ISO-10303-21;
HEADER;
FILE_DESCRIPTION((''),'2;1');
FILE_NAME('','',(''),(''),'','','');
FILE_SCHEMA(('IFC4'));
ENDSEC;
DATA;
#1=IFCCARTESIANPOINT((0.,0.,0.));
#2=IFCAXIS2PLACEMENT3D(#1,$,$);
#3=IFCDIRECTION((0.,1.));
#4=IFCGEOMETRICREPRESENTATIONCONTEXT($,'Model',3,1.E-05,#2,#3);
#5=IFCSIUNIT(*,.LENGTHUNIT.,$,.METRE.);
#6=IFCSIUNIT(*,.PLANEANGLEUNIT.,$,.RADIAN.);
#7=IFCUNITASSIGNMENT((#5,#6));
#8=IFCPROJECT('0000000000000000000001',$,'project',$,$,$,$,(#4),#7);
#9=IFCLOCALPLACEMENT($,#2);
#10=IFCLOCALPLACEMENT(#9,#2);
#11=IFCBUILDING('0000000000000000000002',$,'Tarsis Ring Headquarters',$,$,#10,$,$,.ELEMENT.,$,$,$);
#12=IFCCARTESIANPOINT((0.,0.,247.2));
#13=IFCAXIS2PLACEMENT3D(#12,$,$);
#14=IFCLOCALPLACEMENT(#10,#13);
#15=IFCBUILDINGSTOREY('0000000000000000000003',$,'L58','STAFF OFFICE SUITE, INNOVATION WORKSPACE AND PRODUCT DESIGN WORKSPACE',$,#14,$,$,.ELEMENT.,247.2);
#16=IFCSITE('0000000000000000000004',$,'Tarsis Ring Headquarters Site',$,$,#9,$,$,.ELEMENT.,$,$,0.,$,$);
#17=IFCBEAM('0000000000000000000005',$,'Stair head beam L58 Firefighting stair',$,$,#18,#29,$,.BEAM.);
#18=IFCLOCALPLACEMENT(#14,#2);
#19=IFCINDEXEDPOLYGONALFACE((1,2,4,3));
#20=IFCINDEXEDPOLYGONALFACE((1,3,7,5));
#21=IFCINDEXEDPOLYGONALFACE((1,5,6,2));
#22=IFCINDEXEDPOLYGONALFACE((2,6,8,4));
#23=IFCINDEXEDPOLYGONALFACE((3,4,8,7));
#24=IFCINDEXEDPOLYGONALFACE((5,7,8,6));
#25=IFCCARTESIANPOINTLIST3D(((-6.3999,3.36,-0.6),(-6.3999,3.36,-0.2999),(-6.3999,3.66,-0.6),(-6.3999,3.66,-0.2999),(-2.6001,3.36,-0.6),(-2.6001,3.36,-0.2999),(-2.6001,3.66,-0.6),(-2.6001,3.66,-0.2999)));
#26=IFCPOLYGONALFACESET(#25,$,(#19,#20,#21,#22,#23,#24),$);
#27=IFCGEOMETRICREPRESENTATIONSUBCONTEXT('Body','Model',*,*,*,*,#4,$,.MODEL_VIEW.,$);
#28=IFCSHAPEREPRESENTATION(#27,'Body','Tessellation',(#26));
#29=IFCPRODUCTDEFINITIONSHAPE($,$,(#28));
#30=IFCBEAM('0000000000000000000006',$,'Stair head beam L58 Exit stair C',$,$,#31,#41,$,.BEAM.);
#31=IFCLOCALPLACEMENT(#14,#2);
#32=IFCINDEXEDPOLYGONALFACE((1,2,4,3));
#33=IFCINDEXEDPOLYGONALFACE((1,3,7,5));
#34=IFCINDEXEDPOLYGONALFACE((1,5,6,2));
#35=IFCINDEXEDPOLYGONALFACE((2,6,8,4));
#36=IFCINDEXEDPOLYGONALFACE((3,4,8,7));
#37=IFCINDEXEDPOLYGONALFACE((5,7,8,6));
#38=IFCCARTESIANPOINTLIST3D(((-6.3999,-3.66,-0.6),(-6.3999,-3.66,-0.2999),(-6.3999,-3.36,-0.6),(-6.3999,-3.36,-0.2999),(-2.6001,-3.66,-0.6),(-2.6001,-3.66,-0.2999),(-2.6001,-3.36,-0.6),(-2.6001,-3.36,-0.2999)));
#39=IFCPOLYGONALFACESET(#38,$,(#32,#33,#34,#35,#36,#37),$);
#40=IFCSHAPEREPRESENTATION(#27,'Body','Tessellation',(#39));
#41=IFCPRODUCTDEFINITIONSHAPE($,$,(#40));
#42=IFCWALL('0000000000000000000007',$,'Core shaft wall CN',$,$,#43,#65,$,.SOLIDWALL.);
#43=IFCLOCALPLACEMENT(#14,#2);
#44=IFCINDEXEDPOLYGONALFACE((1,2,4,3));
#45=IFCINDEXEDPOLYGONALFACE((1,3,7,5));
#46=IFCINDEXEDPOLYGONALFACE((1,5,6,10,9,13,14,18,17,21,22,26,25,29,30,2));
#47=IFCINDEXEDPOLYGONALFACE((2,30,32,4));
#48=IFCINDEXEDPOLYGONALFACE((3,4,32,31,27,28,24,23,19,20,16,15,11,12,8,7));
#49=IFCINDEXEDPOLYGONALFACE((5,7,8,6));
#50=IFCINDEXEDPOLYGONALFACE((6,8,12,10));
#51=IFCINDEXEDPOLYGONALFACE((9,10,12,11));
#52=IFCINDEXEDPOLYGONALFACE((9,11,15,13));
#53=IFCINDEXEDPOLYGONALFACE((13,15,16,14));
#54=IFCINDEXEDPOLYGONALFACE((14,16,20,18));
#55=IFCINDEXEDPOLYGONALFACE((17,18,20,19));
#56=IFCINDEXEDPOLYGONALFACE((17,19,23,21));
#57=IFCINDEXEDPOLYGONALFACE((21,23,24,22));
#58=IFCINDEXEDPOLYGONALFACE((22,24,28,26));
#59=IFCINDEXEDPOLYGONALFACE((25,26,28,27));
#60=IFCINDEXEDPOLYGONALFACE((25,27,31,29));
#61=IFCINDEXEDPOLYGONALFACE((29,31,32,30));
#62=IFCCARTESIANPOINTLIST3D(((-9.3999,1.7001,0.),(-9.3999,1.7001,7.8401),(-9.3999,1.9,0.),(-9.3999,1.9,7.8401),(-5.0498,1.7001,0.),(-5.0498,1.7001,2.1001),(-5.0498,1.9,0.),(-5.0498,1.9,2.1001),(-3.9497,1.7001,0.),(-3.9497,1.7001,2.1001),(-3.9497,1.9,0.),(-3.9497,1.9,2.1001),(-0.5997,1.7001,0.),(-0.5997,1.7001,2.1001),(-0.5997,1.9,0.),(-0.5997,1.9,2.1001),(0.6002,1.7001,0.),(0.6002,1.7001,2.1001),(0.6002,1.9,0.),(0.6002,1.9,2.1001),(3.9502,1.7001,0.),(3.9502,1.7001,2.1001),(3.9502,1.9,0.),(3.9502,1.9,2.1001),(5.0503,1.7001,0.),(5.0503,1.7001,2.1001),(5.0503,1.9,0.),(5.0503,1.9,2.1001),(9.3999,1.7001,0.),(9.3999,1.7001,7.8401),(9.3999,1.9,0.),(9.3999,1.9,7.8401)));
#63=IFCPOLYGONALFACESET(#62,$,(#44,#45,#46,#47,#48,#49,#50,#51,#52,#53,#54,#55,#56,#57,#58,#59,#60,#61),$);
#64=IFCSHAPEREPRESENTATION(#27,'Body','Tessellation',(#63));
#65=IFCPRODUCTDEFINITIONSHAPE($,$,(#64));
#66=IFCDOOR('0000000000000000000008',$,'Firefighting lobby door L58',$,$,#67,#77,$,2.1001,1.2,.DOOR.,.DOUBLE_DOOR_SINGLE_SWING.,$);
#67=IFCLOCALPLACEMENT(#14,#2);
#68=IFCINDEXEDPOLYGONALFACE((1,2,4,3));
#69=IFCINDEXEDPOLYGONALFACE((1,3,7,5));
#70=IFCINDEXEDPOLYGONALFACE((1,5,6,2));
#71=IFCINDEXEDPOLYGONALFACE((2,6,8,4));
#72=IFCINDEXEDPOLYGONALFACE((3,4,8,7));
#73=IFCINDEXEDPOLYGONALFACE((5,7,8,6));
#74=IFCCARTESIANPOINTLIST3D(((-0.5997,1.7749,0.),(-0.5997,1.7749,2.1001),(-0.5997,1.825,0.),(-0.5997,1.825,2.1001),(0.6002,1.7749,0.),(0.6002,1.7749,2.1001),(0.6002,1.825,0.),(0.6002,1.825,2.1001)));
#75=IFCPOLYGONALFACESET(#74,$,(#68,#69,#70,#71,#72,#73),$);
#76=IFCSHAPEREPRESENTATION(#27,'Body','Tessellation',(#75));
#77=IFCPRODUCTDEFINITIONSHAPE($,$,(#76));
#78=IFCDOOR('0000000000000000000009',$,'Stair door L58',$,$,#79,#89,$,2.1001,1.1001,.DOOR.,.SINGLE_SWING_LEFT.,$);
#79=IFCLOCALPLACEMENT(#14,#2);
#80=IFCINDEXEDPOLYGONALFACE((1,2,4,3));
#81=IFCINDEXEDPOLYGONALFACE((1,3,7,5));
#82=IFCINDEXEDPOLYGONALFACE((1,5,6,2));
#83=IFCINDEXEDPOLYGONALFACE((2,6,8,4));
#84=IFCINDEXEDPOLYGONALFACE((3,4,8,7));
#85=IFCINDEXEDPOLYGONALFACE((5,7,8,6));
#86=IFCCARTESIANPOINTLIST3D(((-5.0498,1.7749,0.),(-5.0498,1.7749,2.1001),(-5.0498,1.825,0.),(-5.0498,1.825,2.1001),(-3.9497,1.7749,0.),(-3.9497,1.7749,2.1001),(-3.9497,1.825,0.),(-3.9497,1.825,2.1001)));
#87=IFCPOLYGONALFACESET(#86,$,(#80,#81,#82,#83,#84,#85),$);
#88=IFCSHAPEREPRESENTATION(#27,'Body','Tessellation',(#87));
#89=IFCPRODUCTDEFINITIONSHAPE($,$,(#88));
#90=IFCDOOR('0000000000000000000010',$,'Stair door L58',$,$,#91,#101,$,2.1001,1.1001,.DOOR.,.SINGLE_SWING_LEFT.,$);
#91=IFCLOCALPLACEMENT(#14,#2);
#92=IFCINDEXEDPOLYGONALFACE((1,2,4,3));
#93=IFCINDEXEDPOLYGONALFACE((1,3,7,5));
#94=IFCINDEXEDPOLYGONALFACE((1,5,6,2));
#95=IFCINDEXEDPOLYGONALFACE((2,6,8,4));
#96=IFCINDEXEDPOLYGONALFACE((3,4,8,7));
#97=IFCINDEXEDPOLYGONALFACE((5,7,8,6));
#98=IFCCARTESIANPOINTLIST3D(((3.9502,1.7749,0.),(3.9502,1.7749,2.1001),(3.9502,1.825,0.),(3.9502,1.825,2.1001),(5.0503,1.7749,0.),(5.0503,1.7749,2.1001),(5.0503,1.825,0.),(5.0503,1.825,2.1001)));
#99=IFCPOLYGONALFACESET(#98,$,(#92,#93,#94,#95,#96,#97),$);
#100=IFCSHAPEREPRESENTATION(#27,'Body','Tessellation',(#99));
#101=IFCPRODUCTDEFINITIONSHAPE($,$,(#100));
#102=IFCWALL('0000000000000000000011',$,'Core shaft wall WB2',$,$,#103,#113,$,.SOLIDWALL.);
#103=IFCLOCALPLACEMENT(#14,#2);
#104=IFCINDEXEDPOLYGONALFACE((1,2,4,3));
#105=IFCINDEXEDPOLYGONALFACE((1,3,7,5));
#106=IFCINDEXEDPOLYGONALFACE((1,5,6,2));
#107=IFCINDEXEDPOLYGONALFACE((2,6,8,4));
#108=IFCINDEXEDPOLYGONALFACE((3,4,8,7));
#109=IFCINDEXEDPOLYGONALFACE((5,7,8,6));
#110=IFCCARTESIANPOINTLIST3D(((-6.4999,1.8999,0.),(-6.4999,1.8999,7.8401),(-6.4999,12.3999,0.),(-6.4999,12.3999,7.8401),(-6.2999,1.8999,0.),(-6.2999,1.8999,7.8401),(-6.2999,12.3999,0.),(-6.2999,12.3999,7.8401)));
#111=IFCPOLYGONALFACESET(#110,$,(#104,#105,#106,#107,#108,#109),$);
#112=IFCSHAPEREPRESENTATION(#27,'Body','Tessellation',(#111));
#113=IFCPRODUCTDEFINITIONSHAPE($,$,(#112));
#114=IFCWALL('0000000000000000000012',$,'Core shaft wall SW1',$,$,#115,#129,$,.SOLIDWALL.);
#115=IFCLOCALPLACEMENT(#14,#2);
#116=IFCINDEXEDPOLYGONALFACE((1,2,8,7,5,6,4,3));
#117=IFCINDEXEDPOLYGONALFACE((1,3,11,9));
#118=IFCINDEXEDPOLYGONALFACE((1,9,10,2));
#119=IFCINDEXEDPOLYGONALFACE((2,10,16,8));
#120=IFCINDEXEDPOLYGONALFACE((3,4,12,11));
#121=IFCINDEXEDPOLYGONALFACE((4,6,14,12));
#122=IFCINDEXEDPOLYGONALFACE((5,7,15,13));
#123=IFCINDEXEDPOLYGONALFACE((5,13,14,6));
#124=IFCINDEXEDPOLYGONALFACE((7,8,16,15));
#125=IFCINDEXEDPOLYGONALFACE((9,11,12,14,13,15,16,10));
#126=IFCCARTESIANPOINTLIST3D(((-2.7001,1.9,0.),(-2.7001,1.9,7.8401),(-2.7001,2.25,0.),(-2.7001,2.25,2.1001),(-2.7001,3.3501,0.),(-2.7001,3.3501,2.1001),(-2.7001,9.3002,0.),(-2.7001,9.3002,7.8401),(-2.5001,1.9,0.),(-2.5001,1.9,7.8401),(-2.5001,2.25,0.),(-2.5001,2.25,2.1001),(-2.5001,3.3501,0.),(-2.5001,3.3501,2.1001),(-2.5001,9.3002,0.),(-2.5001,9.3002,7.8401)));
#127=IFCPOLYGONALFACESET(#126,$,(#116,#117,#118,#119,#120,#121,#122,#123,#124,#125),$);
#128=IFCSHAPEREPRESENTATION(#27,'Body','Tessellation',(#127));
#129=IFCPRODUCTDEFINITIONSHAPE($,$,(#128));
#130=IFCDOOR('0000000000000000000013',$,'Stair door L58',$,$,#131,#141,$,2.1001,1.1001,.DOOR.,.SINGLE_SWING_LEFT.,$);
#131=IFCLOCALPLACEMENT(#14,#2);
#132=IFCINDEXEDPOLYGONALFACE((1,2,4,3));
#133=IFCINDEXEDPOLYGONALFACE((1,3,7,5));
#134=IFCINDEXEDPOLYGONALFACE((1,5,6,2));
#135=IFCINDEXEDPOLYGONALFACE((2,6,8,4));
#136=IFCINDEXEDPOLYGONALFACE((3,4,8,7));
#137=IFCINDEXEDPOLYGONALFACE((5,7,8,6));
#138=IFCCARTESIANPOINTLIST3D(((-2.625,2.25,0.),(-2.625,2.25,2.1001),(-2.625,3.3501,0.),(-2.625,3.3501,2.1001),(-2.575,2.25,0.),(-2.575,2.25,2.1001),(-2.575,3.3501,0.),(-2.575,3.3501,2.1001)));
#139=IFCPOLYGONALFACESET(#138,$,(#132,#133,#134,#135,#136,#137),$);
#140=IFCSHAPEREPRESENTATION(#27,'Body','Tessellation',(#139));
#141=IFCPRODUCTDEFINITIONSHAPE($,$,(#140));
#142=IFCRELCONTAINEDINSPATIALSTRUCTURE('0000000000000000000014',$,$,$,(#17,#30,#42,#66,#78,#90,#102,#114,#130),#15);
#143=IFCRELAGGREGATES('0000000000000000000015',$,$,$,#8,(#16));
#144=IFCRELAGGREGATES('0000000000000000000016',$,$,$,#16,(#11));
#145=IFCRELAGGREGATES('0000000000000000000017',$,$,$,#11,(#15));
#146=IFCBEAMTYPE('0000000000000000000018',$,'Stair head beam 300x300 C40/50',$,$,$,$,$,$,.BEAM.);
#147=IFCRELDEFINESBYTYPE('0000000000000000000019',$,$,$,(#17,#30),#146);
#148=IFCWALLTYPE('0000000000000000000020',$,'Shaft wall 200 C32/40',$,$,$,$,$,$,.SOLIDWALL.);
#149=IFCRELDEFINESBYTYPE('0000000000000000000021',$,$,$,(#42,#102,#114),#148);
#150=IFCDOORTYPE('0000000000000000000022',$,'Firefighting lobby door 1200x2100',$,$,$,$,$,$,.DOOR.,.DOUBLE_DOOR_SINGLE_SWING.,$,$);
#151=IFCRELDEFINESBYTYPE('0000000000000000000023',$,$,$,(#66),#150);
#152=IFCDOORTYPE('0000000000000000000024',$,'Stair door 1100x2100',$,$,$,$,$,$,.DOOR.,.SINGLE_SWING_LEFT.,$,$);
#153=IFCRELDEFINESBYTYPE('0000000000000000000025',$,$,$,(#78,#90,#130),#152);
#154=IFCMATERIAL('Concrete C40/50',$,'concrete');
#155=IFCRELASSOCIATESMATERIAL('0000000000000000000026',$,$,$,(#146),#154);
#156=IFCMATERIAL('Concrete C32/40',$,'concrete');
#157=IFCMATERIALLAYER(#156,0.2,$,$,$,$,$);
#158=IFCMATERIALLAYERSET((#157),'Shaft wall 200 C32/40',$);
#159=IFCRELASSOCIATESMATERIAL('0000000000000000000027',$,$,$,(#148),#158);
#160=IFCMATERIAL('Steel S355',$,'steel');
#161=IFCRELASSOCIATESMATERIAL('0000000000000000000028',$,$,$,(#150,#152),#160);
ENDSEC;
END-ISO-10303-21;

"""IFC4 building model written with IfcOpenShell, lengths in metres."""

from ifc_helpers import new_model, si_unit, direction, frame, frame_2d, origin, origin_2d, place, context, subcontext, project, spatial, rectangle, extrude, material, layer, layer_set, material_profile, profile_set, type_object, element, fill, save


model = new_model("IFC4")

# Units and contexts
model_context = context("Model", 3, precision=1e-05, world=origin(), true_north=direction((0.0, 1.0)))
body_context = subcontext(model_context, "Body", "Model", "MODEL_VIEW")
ifc_project = project(units=[si_unit("LENGTHUNIT", "METRE"), si_unit("PLANEANGLEUNIT", "RADIAN")], contexts=[model_context])

# Site, building, storey
site_placement = place(None, origin())
site = spatial("IfcSite", under=ifc_project, at=site_placement, Name="Tarsis Ring Headquarters Site", CompositionType="ELEMENT", RefElevation=0.0)
building_placement = place(site_placement, origin())
building = spatial("IfcBuilding", under=site, at=building_placement, Name="Tarsis Ring Headquarters", CompositionType="ELEMENT")
storey_placement = place(building_placement, frame((0.0, 0.0, 247.2)))
storey = spatial("IfcBuildingStorey", under=building, at=storey_placement, Name="L58", Description="STAFF OFFICE SUITE, INNOVATION WORKSPACE AND PRODUCT DESIGN WORKSPACE", CompositionType="ELEMENT", Elevation=247.2)

# Beams
ifc_material_1 = material(Name="Concrete C40/50", Category="concrete")
ifc_material_profile = material_profile(ifc_material_1, rectangle(XDim=0.3, YDim=0.3, at=origin_2d()), Name="Stair head beam 300x300 C40/50")
ifc_profile_set = profile_set([ifc_material_profile], Name="Concrete C40/50")
beam_type = type_object("IfcBeamType", Name="Stair head beam 300x300 C40/50", PredefinedType="BEAM", material=ifc_profile_set)
for number, where, z_axis, x_axis, name in (
    (1, (-6.3999, 3.51, -0.45), (1.0, 0.0, 0.0), (0.0, 1.0, 0.0), "Stair head beam L58 Firefighting stair"),
    (2, (-6.3999, -3.51, -0.45), (1.0, 0.0, 0.0), (0.0, 1.0, 0.0), "Stair head beam L58 Exit stair C"),
):
    element("IfcBeam", number, at=place(storey_placement, frame(where, z_axis=z_axis, x_axis=x_axis)), inside=storey, type_object=beam_type, Name=name, PredefinedType="BEAM", context=body_context, shape_type="SweptSolid", body=[
        extrude(rectangle(XDim=0.3, YDim=0.3, at=origin_2d()), origin(), (0.0, 0.0, 1.0), 3.7998),
    ])

# Wall, openings, doors
ifc_material_2 = material(Name="Concrete C32/40", Category="concrete")
ifc_layer = layer(ifc_material_2, 0.2)
ifc_layer_set = layer_set([ifc_layer], Name="Shaft wall 200 C32/40")
wall_type = type_object("IfcWallType", Name="Shaft wall 200 C32/40", PredefinedType="SOLIDWALL", material=ifc_layer_set)
wall_1_placement = place(storey_placement, frame((-9.3999, 1.8, 0.0), z_axis=(0.0, 0.0, 1.0), x_axis=(1.0, 0.0, 0.0)))
wall_1 = element("IfcWall", 3, at=wall_1_placement, inside=storey, type_object=wall_type, Name="Core shaft wall CN", PredefinedType="SOLIDWALL", context=body_context, shape_type="SweptSolid", body=[
    extrude(rectangle(XDim=18.7998, YDim=0.2, at=frame_2d((9.3999, 0.0))), origin(), (0.0, 0.0, 1.0), 7.8401),
])
opening_1_placement = place(wall_1_placement, frame((4.3501, 0.0, 0.0)))
opening_1 = element("IfcOpeningElement", 4, at=opening_1_placement, cuts=wall_1, PredefinedType="OPENING", context=body_context, shape_type="SweptSolid", body=[
    extrude(rectangle(XDim=1.1001, YDim=2.1001, at=frame_2d((0.55, 1.05))), frame((0.0, 0.1099, 0.0), z_axis=(0.0, -1.0, 0.0), x_axis=(1.0, 0.0, 0.0)), (0.0, 0.0, 1.0), 0.22),
])
opening_2_placement = place(wall_1_placement, frame((8.8, 0.0, 0.0)))
opening_2 = element("IfcOpeningElement", 5, at=opening_2_placement, cuts=wall_1, PredefinedType="OPENING", context=body_context, shape_type="SweptSolid", body=[
    extrude(rectangle(XDim=1.2, YDim=2.1001, at=frame_2d((0.6001, 1.05))), frame((0.0, 0.1099, 0.0), z_axis=(0.0, -1.0, 0.0), x_axis=(1.0, 0.0, 0.0)), (0.0, 0.0, 1.0), 0.22),
])
opening_3_placement = place(wall_1_placement, frame((13.3501, 0.0, 0.0)))
opening_3 = element("IfcOpeningElement", 6, at=opening_3_placement, cuts=wall_1, PredefinedType="OPENING", context=body_context, shape_type="SweptSolid", body=[
    extrude(rectangle(XDim=1.1001, YDim=2.1001, at=frame_2d((0.55, 1.05))), frame((0.0, 0.1099, 0.0), z_axis=(0.0, -1.0, 0.0), x_axis=(1.0, 0.0, 0.0)), (0.0, 0.0, 1.0), 0.22),
])
ifc_material_3 = material(Name="Steel S355", Category="steel")
door_type_1 = type_object("IfcDoorType", Name="Firefighting lobby door 1200x2100", OperationType="DOUBLE_DOOR_SINGLE_SWING", PredefinedType="DOOR", material=ifc_material_3)
door_1_placement = place(opening_2_placement, origin())
door_1 = element("IfcDoor", 7, at=door_1_placement, inside=storey, type_object=door_type_1, Name="Firefighting lobby door L58", OperationType="DOUBLE_DOOR_SINGLE_SWING", OverallHeight=2.1001, OverallWidth=1.2, PredefinedType="DOOR", context=body_context, shape_type="SweptSolid", body=[
    extrude(rectangle(XDim=1.2, YDim=2.1001, at=frame_2d((0.6001, 1.05))), frame((0.0, 0.0249, 0.0), z_axis=(0.0, -1.0, 0.0), x_axis=(1.0, 0.0, 0.0)), (0.0, 0.0, 1.0), 0.05),
])
fill(opening_2, door_1)
door_type_2 = type_object("IfcDoorType", Name="Stair door 1100x2100", OperationType="SINGLE_SWING_LEFT", PredefinedType="DOOR", material=ifc_material_3)
door_2_placement = place(opening_1_placement, origin())
door_2 = element("IfcDoor", 8, at=door_2_placement, inside=storey, type_object=door_type_2, Name="Stair door L58", OperationType="SINGLE_SWING_LEFT", OverallHeight=2.1001, OverallWidth=1.1001, PredefinedType="DOOR", context=body_context, shape_type="SweptSolid", body=[
    extrude(rectangle(XDim=1.1001, YDim=2.1001, at=frame_2d((0.55, 1.05))), frame((0.0, 0.0249, 0.0), z_axis=(0.0, -1.0, 0.0), x_axis=(1.0, 0.0, 0.0)), (0.0, 0.0, 1.0), 0.05),
])
fill(opening_1, door_2)
door_3_placement = place(opening_3_placement, origin())
door_3 = element("IfcDoor", 9, at=door_3_placement, inside=storey, type_object=door_type_2, Name="Stair door L58", OperationType="SINGLE_SWING_LEFT", OverallHeight=2.1001, OverallWidth=1.1001, PredefinedType="DOOR", context=body_context, shape_type="SweptSolid", body=[
    extrude(rectangle(XDim=1.1001, YDim=2.1001, at=frame_2d((0.55, 1.05))), frame((0.0, 0.0249, 0.0), z_axis=(0.0, -1.0, 0.0), x_axis=(1.0, 0.0, 0.0)), (0.0, 0.0, 1.0), 0.05),
])
fill(opening_3, door_3)

# Wall
wall_2_placement = place(storey_placement, frame((-6.3999, 1.8999, 0.0), z_axis=(0.0, 0.0, 1.0), x_axis=(0.0, 1.0, 0.0)))
element("IfcWall", 10, at=wall_2_placement, inside=storey, type_object=wall_type, Name="Core shaft wall WB2", PredefinedType="SOLIDWALL", context=body_context, shape_type="SweptSolid", body=[
    extrude(rectangle(XDim=10.5, YDim=0.2, at=frame_2d((5.25, 0.0))), origin(), (0.0, 0.0, 1.0), 7.8401),
])

# Wall, opening, door
wall_3_placement = place(storey_placement, frame((-2.6001, 1.8999, 0.0), z_axis=(0.0, 0.0, 1.0), x_axis=(0.0, 1.0, 0.0)))
wall_3 = element("IfcWall", 11, at=wall_3_placement, inside=storey, type_object=wall_type, Name="Core shaft wall SW1", PredefinedType="SOLIDWALL", context=body_context, shape_type="SweptSolid", body=[
    extrude(rectangle(XDim=7.4001, YDim=0.2, at=frame_2d((3.7002, 0.0))), origin(), (0.0, 0.0, 1.0), 7.8401),
])
opening_4_placement = place(wall_3_placement, frame((0.3501, 0.0, 0.0)))
opening_4 = element("IfcOpeningElement", 12, at=opening_4_placement, cuts=wall_3, PredefinedType="OPENING", context=body_context, shape_type="SweptSolid", body=[
    extrude(rectangle(XDim=1.1001, YDim=2.1001, at=frame_2d((0.55, 1.05))), frame((0.0, 0.1099, 0.0), z_axis=(0.0, -1.0, 0.0), x_axis=(1.0, 0.0, 0.0)), (0.0, 0.0, 1.0), 0.22),
])
door_4_placement = place(opening_4_placement, origin())
door_4 = element("IfcDoor", 13, at=door_4_placement, inside=storey, type_object=door_type_2, Name="Stair door L58", OperationType="SINGLE_SWING_LEFT", OverallHeight=2.1001, OverallWidth=1.1001, PredefinedType="DOOR", context=body_context, shape_type="SweptSolid", body=[
    extrude(rectangle(XDim=1.1001, YDim=2.1001, at=frame_2d((0.55, 1.05))), frame((0.0, 0.0249, 0.0), z_axis=(0.0, -1.0, 0.0), x_axis=(1.0, 0.0, 0.0)), (0.0, 0.0, 1.0), 0.05),
])
fill(opening_4, door_4)

save(model, "model.ifc")
